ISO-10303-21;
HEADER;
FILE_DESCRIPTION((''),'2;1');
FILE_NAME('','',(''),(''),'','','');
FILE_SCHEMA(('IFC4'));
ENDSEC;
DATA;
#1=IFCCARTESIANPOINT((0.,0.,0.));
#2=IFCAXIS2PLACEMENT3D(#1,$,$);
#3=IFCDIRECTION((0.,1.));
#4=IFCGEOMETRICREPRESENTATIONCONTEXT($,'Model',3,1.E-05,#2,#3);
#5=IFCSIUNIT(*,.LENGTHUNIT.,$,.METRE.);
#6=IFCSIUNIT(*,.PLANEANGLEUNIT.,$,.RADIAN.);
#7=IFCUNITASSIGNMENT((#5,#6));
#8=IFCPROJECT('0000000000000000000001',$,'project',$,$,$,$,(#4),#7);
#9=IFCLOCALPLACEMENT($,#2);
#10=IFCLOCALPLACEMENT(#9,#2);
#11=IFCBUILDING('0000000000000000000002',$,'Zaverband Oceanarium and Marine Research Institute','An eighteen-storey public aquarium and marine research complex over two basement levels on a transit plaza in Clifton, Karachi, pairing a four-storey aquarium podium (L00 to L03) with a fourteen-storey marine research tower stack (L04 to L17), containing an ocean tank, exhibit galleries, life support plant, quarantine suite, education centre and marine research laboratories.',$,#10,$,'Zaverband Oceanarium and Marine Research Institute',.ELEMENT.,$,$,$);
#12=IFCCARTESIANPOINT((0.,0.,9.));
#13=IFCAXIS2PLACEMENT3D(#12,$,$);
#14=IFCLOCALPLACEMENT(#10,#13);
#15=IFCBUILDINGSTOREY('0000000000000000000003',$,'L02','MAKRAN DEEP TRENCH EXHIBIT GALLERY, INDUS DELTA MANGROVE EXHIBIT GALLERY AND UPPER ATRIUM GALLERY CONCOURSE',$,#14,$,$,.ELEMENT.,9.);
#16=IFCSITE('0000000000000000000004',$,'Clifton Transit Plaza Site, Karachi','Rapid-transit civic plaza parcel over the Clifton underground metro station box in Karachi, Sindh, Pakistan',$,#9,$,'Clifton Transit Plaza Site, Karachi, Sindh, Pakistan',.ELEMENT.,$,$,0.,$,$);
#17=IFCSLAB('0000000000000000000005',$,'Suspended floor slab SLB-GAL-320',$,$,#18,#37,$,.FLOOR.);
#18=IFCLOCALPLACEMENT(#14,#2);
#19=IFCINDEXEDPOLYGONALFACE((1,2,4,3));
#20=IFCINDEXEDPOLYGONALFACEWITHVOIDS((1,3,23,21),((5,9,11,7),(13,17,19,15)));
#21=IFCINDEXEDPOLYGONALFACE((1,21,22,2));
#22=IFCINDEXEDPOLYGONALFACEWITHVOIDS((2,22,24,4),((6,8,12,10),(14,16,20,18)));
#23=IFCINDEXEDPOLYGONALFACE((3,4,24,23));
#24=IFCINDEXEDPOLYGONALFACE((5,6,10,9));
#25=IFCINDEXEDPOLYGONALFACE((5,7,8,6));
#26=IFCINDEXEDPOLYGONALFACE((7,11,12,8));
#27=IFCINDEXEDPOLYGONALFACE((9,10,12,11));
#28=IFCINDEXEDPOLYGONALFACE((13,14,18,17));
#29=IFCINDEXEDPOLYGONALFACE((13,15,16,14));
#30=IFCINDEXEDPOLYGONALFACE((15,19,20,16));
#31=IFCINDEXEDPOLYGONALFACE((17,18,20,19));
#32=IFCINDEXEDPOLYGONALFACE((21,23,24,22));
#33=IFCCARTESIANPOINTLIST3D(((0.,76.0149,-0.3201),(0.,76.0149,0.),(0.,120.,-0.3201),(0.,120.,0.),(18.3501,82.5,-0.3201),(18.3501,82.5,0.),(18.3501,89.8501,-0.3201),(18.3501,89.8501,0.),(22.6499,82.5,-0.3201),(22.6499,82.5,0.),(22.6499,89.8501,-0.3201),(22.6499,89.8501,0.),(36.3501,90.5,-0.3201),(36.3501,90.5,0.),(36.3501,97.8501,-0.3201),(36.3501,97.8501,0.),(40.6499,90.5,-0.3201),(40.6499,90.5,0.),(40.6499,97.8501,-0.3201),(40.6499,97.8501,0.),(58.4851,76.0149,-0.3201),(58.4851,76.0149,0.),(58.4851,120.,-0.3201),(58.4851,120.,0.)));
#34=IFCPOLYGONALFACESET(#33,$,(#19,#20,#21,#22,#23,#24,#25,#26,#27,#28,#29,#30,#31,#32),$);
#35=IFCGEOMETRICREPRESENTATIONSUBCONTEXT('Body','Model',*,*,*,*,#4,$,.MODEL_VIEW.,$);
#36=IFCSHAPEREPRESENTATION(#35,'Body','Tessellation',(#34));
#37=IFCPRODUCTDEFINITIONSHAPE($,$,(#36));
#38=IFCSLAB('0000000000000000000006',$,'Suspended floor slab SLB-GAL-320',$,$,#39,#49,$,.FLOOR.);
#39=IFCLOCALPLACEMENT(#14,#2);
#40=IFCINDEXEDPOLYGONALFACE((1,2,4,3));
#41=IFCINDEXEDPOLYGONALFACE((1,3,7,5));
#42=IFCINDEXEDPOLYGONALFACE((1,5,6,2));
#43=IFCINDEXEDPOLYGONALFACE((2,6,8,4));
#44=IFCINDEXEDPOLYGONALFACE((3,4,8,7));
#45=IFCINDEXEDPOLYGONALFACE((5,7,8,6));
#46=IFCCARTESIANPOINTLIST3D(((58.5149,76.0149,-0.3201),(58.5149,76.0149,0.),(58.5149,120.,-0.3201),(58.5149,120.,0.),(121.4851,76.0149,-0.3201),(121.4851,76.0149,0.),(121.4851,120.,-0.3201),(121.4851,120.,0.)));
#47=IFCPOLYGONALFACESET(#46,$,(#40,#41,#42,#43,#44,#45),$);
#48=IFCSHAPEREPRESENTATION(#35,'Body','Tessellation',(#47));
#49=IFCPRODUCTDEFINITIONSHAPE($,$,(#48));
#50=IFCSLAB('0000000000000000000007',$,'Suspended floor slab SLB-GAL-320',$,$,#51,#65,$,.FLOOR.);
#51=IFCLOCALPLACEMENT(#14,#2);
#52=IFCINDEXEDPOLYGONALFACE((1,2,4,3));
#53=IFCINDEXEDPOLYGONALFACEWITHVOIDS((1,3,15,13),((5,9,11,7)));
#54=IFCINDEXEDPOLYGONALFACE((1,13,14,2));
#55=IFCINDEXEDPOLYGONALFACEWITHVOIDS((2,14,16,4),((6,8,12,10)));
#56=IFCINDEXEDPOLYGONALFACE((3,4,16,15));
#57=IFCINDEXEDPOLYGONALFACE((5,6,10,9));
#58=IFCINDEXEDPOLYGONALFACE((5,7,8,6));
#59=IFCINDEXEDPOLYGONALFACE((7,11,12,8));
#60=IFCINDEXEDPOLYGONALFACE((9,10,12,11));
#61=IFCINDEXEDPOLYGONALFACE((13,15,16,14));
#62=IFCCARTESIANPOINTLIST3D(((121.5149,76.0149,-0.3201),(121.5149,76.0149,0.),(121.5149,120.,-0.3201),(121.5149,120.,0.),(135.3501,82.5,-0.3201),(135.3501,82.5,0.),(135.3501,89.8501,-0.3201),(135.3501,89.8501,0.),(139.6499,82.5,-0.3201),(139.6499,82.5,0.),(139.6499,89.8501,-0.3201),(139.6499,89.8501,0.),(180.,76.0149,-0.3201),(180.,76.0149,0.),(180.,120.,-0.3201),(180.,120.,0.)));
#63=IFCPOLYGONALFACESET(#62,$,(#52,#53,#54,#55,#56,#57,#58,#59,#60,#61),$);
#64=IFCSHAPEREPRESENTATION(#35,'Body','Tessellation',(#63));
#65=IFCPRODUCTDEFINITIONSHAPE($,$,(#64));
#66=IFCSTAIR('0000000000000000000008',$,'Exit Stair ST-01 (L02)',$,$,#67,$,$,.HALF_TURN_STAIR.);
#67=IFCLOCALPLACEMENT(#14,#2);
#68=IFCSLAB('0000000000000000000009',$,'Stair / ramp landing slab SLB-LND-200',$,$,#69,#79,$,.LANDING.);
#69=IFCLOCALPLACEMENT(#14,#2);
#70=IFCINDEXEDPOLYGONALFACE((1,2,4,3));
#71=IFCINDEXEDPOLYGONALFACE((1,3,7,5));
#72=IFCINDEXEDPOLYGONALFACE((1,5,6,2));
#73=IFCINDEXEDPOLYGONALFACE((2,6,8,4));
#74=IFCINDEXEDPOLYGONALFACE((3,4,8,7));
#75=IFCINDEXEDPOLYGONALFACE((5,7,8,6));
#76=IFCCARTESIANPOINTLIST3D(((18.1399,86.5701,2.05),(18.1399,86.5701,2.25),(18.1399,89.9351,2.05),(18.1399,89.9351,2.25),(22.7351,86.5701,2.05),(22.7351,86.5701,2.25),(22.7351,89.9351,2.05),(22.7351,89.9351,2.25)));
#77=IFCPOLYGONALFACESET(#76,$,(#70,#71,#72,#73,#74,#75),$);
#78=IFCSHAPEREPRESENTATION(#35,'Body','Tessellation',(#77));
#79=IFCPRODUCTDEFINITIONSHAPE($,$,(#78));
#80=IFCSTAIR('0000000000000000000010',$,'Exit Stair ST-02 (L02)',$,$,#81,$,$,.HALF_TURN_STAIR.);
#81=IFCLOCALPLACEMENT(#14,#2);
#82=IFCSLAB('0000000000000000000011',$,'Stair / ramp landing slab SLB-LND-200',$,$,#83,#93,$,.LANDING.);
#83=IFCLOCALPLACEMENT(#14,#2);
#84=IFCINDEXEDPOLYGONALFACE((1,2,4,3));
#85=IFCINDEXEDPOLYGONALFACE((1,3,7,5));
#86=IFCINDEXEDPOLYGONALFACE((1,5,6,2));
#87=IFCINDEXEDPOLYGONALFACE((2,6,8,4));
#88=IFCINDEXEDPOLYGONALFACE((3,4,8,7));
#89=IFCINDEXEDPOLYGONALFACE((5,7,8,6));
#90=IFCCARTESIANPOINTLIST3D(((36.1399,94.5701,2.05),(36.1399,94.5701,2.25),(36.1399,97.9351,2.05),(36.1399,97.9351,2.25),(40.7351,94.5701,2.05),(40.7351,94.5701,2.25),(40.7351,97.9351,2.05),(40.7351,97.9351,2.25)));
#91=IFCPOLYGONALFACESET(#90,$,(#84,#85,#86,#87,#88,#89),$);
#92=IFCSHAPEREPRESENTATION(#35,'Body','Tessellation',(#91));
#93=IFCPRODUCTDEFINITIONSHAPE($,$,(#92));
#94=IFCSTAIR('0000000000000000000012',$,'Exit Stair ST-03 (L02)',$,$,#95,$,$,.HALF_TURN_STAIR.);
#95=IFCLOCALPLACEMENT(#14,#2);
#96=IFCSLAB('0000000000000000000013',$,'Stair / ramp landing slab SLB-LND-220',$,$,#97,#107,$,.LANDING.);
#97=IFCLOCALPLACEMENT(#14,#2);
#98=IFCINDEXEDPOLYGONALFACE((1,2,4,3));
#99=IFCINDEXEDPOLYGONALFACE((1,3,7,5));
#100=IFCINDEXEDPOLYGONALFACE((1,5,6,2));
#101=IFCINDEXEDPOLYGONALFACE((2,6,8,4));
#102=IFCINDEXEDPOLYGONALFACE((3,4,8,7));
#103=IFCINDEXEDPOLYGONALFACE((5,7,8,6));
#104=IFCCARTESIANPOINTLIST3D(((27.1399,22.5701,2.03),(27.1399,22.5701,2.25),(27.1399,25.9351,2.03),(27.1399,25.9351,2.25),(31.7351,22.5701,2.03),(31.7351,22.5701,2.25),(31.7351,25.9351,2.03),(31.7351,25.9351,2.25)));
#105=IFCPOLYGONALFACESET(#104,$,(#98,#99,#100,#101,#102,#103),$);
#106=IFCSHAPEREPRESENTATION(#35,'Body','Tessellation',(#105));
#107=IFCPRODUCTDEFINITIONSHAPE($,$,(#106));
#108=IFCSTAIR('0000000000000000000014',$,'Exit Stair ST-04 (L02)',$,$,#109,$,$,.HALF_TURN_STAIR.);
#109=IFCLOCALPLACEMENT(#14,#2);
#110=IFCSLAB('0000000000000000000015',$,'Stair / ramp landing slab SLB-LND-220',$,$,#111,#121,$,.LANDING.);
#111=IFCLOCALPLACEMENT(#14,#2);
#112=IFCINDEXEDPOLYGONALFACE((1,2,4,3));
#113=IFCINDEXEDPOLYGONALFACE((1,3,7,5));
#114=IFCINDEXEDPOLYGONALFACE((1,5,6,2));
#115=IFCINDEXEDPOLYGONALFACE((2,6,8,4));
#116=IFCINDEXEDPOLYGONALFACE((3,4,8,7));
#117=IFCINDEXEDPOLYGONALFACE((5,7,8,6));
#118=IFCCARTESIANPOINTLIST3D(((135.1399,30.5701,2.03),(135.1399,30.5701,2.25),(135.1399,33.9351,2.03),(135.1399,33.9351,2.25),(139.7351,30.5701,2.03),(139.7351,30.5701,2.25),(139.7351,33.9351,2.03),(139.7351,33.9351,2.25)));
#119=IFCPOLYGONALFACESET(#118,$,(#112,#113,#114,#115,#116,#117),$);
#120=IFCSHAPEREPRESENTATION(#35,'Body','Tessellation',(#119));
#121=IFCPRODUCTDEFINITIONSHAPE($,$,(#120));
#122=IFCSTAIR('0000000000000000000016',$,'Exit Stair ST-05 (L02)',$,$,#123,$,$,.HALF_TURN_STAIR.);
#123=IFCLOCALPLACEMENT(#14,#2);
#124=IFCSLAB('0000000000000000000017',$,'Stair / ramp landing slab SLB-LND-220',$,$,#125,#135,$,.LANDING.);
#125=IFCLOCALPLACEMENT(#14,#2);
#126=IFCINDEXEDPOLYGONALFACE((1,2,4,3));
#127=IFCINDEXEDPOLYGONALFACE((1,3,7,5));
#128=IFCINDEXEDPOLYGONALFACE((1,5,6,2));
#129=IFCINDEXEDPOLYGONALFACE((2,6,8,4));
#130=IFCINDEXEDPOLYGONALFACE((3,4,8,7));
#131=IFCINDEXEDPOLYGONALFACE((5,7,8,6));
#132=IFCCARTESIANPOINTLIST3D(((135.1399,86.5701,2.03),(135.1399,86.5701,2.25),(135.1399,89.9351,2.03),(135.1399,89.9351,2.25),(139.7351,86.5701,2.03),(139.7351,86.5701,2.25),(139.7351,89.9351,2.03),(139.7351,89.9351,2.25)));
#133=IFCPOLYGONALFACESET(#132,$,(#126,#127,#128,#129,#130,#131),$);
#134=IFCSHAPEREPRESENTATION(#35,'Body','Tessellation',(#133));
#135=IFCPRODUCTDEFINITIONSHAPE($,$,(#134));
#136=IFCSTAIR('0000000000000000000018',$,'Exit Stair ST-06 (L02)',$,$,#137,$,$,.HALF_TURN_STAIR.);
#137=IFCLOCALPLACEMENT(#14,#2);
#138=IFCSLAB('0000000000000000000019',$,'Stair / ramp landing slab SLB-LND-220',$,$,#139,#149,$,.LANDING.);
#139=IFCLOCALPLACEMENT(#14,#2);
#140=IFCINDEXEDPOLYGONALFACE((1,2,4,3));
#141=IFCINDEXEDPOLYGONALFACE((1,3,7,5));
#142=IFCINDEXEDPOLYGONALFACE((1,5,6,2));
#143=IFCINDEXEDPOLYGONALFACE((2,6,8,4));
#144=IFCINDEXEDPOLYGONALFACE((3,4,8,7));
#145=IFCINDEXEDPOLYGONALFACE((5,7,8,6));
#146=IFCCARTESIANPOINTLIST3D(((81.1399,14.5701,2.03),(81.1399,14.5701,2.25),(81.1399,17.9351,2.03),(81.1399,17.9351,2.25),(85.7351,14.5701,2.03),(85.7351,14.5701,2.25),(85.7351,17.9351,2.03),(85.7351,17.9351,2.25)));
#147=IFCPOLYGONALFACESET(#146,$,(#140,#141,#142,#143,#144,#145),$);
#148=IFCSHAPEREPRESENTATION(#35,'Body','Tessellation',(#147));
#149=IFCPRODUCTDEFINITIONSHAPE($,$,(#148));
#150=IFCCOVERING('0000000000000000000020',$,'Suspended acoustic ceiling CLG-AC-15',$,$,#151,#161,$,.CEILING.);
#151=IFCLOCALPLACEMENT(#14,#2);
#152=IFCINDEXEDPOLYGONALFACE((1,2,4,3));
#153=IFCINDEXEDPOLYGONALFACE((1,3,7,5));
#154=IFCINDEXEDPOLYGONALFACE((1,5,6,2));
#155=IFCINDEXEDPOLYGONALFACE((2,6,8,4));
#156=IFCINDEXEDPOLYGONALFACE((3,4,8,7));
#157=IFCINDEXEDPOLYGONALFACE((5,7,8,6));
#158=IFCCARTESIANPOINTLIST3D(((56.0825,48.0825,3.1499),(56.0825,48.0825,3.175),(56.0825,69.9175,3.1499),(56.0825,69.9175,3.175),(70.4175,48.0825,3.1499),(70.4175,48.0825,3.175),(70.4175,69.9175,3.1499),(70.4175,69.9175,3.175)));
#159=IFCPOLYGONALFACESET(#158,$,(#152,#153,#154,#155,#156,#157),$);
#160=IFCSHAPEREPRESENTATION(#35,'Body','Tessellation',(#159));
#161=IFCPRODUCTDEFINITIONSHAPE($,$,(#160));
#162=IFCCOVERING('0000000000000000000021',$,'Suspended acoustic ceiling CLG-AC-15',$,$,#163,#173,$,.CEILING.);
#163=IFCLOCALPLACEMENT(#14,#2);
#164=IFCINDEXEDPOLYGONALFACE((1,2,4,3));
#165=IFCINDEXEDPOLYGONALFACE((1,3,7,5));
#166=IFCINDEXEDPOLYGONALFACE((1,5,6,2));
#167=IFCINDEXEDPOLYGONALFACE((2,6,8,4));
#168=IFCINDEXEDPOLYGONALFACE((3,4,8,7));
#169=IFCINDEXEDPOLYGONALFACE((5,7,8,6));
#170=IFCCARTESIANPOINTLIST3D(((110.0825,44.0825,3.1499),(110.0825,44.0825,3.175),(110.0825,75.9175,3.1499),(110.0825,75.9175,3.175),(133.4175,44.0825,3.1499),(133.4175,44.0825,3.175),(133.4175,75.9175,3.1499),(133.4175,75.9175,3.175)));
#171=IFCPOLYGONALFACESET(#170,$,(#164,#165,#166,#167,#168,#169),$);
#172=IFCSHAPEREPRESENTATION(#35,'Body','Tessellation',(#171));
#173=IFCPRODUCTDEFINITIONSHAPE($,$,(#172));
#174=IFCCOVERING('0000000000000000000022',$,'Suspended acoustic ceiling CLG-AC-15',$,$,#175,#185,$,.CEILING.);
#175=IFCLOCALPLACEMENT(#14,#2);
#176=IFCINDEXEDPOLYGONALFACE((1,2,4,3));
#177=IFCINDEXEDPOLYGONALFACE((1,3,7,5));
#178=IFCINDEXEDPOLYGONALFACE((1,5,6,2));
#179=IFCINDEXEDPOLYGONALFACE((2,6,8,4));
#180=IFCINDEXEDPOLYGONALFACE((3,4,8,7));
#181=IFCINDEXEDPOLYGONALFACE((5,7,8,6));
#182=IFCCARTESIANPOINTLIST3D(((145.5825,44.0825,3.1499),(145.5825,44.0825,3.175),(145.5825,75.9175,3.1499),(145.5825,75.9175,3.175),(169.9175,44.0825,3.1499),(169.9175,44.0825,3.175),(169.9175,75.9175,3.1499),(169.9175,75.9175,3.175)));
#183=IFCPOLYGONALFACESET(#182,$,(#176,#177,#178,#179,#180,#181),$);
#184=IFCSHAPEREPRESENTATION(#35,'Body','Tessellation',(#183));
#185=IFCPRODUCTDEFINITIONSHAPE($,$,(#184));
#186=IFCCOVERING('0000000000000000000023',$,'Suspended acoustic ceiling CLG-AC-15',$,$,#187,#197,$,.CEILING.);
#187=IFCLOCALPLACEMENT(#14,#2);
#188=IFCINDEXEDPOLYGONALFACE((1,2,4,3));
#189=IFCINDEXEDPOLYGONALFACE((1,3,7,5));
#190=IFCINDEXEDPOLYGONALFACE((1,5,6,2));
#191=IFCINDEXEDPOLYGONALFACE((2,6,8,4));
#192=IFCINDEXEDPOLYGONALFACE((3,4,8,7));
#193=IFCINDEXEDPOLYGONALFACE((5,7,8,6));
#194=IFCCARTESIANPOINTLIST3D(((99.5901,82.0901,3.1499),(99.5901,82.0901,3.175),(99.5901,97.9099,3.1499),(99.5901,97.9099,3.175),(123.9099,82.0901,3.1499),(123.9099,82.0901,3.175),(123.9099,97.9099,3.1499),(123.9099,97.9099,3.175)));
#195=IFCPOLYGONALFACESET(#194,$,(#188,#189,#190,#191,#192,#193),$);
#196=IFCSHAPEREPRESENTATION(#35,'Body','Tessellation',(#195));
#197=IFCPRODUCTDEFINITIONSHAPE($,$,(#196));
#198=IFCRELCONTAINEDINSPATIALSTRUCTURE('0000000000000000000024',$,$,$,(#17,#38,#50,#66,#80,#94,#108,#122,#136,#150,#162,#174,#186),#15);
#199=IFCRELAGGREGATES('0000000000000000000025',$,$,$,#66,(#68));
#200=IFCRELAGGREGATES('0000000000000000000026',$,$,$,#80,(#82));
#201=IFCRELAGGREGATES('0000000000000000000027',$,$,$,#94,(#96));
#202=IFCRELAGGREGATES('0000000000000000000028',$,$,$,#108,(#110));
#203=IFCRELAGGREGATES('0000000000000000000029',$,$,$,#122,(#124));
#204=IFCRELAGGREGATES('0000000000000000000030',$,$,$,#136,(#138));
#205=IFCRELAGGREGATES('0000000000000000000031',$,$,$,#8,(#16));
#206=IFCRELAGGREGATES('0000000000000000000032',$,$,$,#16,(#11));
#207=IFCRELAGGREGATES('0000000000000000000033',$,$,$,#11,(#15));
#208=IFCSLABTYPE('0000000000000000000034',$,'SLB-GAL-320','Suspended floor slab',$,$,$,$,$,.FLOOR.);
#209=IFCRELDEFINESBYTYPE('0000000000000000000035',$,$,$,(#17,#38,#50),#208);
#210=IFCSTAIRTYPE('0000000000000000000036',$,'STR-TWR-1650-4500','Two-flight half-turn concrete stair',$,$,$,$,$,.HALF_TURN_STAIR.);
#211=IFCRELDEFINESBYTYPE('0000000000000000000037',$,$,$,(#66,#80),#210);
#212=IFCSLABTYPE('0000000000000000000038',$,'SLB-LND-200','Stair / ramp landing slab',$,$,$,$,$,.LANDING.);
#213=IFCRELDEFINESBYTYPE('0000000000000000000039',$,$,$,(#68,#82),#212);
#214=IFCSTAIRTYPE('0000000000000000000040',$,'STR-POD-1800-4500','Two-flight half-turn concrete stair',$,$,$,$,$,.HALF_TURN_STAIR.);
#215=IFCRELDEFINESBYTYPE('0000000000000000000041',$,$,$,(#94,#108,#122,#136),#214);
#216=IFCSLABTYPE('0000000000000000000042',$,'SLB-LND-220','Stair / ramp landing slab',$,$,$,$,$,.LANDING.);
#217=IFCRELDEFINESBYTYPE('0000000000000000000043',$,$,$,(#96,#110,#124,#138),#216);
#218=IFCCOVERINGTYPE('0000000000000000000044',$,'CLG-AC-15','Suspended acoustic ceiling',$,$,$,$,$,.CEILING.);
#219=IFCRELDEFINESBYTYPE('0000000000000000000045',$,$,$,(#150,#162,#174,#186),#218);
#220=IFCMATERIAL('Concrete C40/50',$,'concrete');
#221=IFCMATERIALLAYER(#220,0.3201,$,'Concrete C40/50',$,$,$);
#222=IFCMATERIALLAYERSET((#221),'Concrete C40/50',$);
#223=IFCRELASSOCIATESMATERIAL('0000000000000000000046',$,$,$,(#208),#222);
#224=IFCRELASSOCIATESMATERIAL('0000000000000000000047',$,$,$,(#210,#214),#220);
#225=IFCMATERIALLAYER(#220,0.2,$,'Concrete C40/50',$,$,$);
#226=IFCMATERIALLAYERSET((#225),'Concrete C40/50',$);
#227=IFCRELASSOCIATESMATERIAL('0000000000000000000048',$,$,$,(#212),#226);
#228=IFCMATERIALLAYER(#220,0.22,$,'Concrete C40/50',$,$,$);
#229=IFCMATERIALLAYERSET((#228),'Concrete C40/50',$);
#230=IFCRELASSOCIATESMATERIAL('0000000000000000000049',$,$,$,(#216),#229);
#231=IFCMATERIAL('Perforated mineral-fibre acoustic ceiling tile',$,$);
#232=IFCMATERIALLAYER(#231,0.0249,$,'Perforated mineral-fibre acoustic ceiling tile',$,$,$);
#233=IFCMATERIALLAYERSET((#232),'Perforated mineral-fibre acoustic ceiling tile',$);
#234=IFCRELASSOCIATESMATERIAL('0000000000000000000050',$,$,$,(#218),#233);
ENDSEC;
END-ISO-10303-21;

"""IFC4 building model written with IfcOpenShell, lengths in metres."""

from ifc_helpers import new_model, si_unit, direction, frame, origin, place, context, subcontext, project, spatial, polyline, outline, extrude, material, layer, layer_set, type_object, element, aggregate, save


model = new_model("IFC4")

# Units and contexts
model_context = context("Model", 3, precision=1e-05, world=origin(), true_north=direction((0.0, 1.0)))
body_context = subcontext(model_context, "Body", "Model", "MODEL_VIEW")
ifc_project = project(units=[si_unit("LENGTHUNIT", "METRE"), si_unit("PLANEANGLEUNIT", "RADIAN")], contexts=[model_context])

# Site, building, storey
site_placement = place(None, origin())
site = spatial("IfcSite", under=ifc_project, at=site_placement, Name="Clifton Transit Plaza Site, Karachi", Description="Rapid-transit civic plaza parcel over the Clifton underground metro station box in Karachi, Sindh, Pakistan", LongName="Clifton Transit Plaza Site, Karachi, Sindh, Pakistan", CompositionType="ELEMENT", RefElevation=0.0)
building_placement = place(site_placement, origin())
building = spatial("IfcBuilding", under=site, at=building_placement, Name="Zaverband Oceanarium and Marine Research Institute", Description="An eighteen-storey public aquarium and marine research complex over two basement levels on a transit plaza in Clifton, Karachi, pairing a four-storey aquarium podium (L00 to L03) with a fourteen-storey marine research tower stack (L04 to L17), containing an ocean tank, exhibit galleries, life support plant, quarantine suite, education centre and marine research laboratories.", LongName="Zaverband Oceanarium and Marine Research Institute", CompositionType="ELEMENT")
storey_placement = place(building_placement, frame((0.0, 0.0, 9.0)))
storey = spatial("IfcBuildingStorey", under=building, at=storey_placement, Name="L02", Description="MAKRAN DEEP TRENCH EXHIBIT GALLERY, INDUS DELTA MANGROVE EXHIBIT GALLERY AND UPPER ATRIUM GALLERY CONCOURSE", CompositionType="ELEMENT", Elevation=9.0)

# Shared definitions
ifc_material_1 = material(Name="Concrete C40/50", Category="concrete")

# Slabs
ifc_layer_1 = layer(ifc_material_1, 0.3201, Name="Concrete C40/50")
ifc_layer_set_1 = layer_set([ifc_layer_1], Name="Concrete C40/50")
slab_type_1 = type_object("IfcSlabType", Name="SLB-GAL-320", Description="Suspended floor slab", PredefinedType="FLOOR", material=ifc_layer_set_1)
slab_1_placement = place(storey_placement, frame((0.0, 0.0, -0.3201)))
element("IfcSlab", 1, at=slab_1_placement, inside=storey, type_object=slab_type_1, Name="Suspended floor slab SLB-GAL-320", PredefinedType="FLOOR", context=body_context, shape_type="SweptSolid", body=[
    extrude(outline(polyline([(0.0, 120.0), (58.4851, 120.0), (58.4851, 76.0149), (0.0, 76.0149), (0.0, 120.0)]), holes=[polyline([(22.6499, 89.8501), (18.3501, 89.8501), (18.3501, 82.5), (22.6499, 82.5), (22.6499, 89.8501)]), polyline([(40.6499, 97.8501), (36.3501, 97.8501), (36.3501, 90.5), (40.6499, 90.5), (40.6499, 97.8501)])]), origin(), (0.0, 0.0, 1.0), 0.3201),
])
slab_2_placement = place(storey_placement, frame((0.0, 0.0, -0.3201)))
element("IfcSlab", 2, at=slab_2_placement, inside=storey, type_object=slab_type_1, Name="Suspended floor slab SLB-GAL-320", PredefinedType="FLOOR", context=body_context, shape_type="SweptSolid", body=[
    extrude(outline(polyline([(58.5149, 120.0), (121.4851, 120.0), (121.4851, 76.0149), (58.5149, 76.0149), (58.5149, 120.0)])), origin(), (0.0, 0.0, 1.0), 0.3201),
])
slab_3_placement = place(storey_placement, frame((0.0, 0.0, -0.3201)))
element("IfcSlab", 3, at=slab_3_placement, inside=storey, type_object=slab_type_1, Name="Suspended floor slab SLB-GAL-320", PredefinedType="FLOOR", context=body_context, shape_type="SweptSolid", body=[
    extrude(outline(polyline([(121.5149, 120.0), (180.0, 120.0), (180.0, 76.0149), (121.5149, 76.0149), (121.5149, 120.0)]), holes=[polyline([(139.6499, 89.8501), (135.3501, 89.8501), (135.3501, 82.5), (139.6499, 82.5), (139.6499, 89.8501)])]), origin(), (0.0, 0.0, 1.0), 0.3201),
])

# Stairs, slabs
stair_type_1 = type_object("IfcStairType", Name="STR-TWR-1650-4500", Description="Two-flight half-turn concrete stair", PredefinedType="HALF_TURN_STAIR", material=ifc_material_1)
stair_1_placement = place(storey_placement, origin())
stair_1 = element("IfcStair", 4, at=stair_1_placement, inside=storey, type_object=stair_type_1, Name="Exit Stair ST-01 (L02)", PredefinedType="HALF_TURN_STAIR")
ifc_layer_2 = layer(ifc_material_1, 0.2, Name="Concrete C40/50")
ifc_layer_set_2 = layer_set([ifc_layer_2], Name="Concrete C40/50")
slab_type_2 = type_object("IfcSlabType", Name="SLB-LND-200", Description="Stair / ramp landing slab", PredefinedType="LANDING", material=ifc_layer_set_2)
slab_4_placement = place(storey_placement, frame((0.0, 0.0, 2.05)))
slab_4 = element("IfcSlab", 5, at=slab_4_placement, type_object=slab_type_2, Name="Stair / ramp landing slab SLB-LND-200", PredefinedType="LANDING", context=body_context, shape_type="SweptSolid", body=[
    extrude(outline(polyline([(18.1399, 86.5701), (22.7351, 86.5701), (22.7351, 89.9351), (18.1399, 89.9351), (18.1399, 86.5701)])), origin(), (0.0, 0.0, 1.0), 0.2),
])
aggregate(stair_1, [slab_4])
stair_2_placement = place(storey_placement, origin())
stair_2 = element("IfcStair", 6, at=stair_2_placement, inside=storey, type_object=stair_type_1, Name="Exit Stair ST-02 (L02)", PredefinedType="HALF_TURN_STAIR")
slab_5_placement = place(storey_placement, frame((0.0, 0.0, 2.05)))
slab_5 = element("IfcSlab", 7, at=slab_5_placement, type_object=slab_type_2, Name="Stair / ramp landing slab SLB-LND-200", PredefinedType="LANDING", context=body_context, shape_type="SweptSolid", body=[
    extrude(outline(polyline([(36.1399, 94.5701), (40.7351, 94.5701), (40.7351, 97.9351), (36.1399, 97.9351), (36.1399, 94.5701)])), origin(), (0.0, 0.0, 1.0), 0.2),
])
aggregate(stair_2, [slab_5])
stair_type_2 = type_object("IfcStairType", Name="STR-POD-1800-4500", Description="Two-flight half-turn concrete stair", PredefinedType="HALF_TURN_STAIR", material=ifc_material_1)
stair_3_placement = place(storey_placement, origin())
stair_3 = element("IfcStair", 8, at=stair_3_placement, inside=storey, type_object=stair_type_2, Name="Exit Stair ST-03 (L02)", PredefinedType="HALF_TURN_STAIR")
ifc_layer_3 = layer(ifc_material_1, 0.22, Name="Concrete C40/50")
ifc_layer_set_3 = layer_set([ifc_layer_3], Name="Concrete C40/50")
slab_type_3 = type_object("IfcSlabType", Name="SLB-LND-220", Description="Stair / ramp landing slab", PredefinedType="LANDING", material=ifc_layer_set_3)
slab_6_placement = place(storey_placement, frame((0.0, 0.0, 2.03)))
slab_6 = element("IfcSlab", 9, at=slab_6_placement, type_object=slab_type_3, Name="Stair / ramp landing slab SLB-LND-220", PredefinedType="LANDING", context=body_context, shape_type="SweptSolid", body=[
    extrude(outline(polyline([(27.1399, 22.5701), (31.7351, 22.5701), (31.7351, 25.9351), (27.1399, 25.9351), (27.1399, 22.5701)])), origin(), (0.0, 0.0, 1.0), 0.22),
])
aggregate(stair_3, [slab_6])
stair_4_placement = place(storey_placement, origin())
stair_4 = element("IfcStair", 10, at=stair_4_placement, inside=storey, type_object=stair_type_2, Name="Exit Stair ST-04 (L02)", PredefinedType="HALF_TURN_STAIR")
slab_7_placement = place(storey_placement, frame((0.0, 0.0, 2.03)))
slab_7 = element("IfcSlab", 11, at=slab_7_placement, type_object=slab_type_3, Name="Stair / ramp landing slab SLB-LND-220", PredefinedType="LANDING", context=body_context, shape_type="SweptSolid", body=[
    extrude(outline(polyline([(135.1399, 30.5701), (139.7351, 30.5701), (139.7351, 33.9351), (135.1399, 33.9351), (135.1399, 30.5701)])), origin(), (0.0, 0.0, 1.0), 0.22),
])
aggregate(stair_4, [slab_7])
stair_5_placement = place(storey_placement, origin())
stair_5 = element("IfcStair", 12, at=stair_5_placement, inside=storey, type_object=stair_type_2, Name="Exit Stair ST-05 (L02)", PredefinedType="HALF_TURN_STAIR")
slab_8_placement = place(storey_placement, frame((0.0, 0.0, 2.03)))
slab_8 = element("IfcSlab", 13, at=slab_8_placement, type_object=slab_type_3, Name="Stair / ramp landing slab SLB-LND-220", PredefinedType="LANDING", context=body_context, shape_type="SweptSolid", body=[
    extrude(outline(polyline([(135.1399, 86.5701), (139.7351, 86.5701), (139.7351, 89.9351), (135.1399, 89.9351), (135.1399, 86.5701)])), origin(), (0.0, 0.0, 1.0), 0.22),
])
aggregate(stair_5, [slab_8])
stair_6_placement = place(storey_placement, origin())
stair_6 = element("IfcStair", 14, at=stair_6_placement, inside=storey, type_object=stair_type_2, Name="Exit Stair ST-06 (L02)", PredefinedType="HALF_TURN_STAIR")
slab_9_placement = place(storey_placement, frame((0.0, 0.0, 2.03)))
slab_9 = element("IfcSlab", 15, at=slab_9_placement, type_object=slab_type_3, Name="Stair / ramp landing slab SLB-LND-220", PredefinedType="LANDING", context=body_context, shape_type="SweptSolid", body=[
    extrude(outline(polyline([(81.1399, 14.5701), (85.7351, 14.5701), (85.7351, 17.9351), (81.1399, 17.9351), (81.1399, 14.5701)])), origin(), (0.0, 0.0, 1.0), 0.22),
])
aggregate(stair_6, [slab_9])

# Coverings
ifc_material_2 = material(Name="Perforated mineral-fibre acoustic ceiling tile")
ifc_layer_4 = layer(ifc_material_2, 0.0249, Name="Perforated mineral-fibre acoustic ceiling tile")
ifc_layer_set_4 = layer_set([ifc_layer_4], Name="Perforated mineral-fibre acoustic ceiling tile")
covering_type_1 = type_object("IfcCoveringType", Name="CLG-AC-15", Description="Suspended acoustic ceiling", PredefinedType="CEILING", material=ifc_layer_set_4)
covering_1_placement = place(storey_placement, frame((0.0, 0.0, 3.1499)))
element("IfcCovering", 16, at=covering_1_placement, inside=storey, type_object=covering_type_1, Name="Suspended acoustic ceiling CLG-AC-15", PredefinedType="CEILING", context=body_context, shape_type="SweptSolid", body=[
    extrude(outline(polyline([(56.0825, 48.0825), (70.4175, 48.0825), (70.4175, 69.9175), (56.0825, 69.9175), (56.0825, 48.0825)])), origin(), (0.0, 0.0, 1.0), 0.0251),
])
covering_2_placement = place(storey_placement, frame((0.0, 0.0, 3.1499)))
element("IfcCovering", 17, at=covering_2_placement, inside=storey, type_object=covering_type_1, Name="Suspended acoustic ceiling CLG-AC-15", PredefinedType="CEILING", context=body_context, shape_type="SweptSolid", body=[
    extrude(outline(polyline([(110.0825, 44.0825), (133.4175, 44.0825), (133.4175, 75.9175), (110.0825, 75.9175), (110.0825, 44.0825)])), origin(), (0.0, 0.0, 1.0), 0.0251),
])
covering_3_placement = place(storey_placement, frame((0.0, 0.0, 3.1499)))
element("IfcCovering", 18, at=covering_3_placement, inside=storey, type_object=covering_type_1, Name="Suspended acoustic ceiling CLG-AC-15", PredefinedType="CEILING", context=body_context, shape_type="SweptSolid", body=[
    extrude(outline(polyline([(145.5825, 44.0825), (169.9175, 44.0825), (169.9175, 75.9175), (145.5825, 75.9175), (145.5825, 44.0825)])), origin(), (0.0, 0.0, 1.0), 0.0251),
])
covering_4_placement = place(storey_placement, frame((0.0, 0.0, 3.1499)))
element("IfcCovering", 19, at=covering_4_placement, inside=storey, type_object=covering_type_1, Name="Suspended acoustic ceiling CLG-AC-15", PredefinedType="CEILING", context=body_context, shape_type="SweptSolid", body=[
    extrude(outline(polyline([(99.5901, 82.0901), (123.9099, 82.0901), (123.9099, 97.9099), (99.5901, 97.9099), (99.5901, 82.0901)])), origin(), (0.0, 0.0, 1.0), 0.0251),
])

save(model, "model.ifc")
